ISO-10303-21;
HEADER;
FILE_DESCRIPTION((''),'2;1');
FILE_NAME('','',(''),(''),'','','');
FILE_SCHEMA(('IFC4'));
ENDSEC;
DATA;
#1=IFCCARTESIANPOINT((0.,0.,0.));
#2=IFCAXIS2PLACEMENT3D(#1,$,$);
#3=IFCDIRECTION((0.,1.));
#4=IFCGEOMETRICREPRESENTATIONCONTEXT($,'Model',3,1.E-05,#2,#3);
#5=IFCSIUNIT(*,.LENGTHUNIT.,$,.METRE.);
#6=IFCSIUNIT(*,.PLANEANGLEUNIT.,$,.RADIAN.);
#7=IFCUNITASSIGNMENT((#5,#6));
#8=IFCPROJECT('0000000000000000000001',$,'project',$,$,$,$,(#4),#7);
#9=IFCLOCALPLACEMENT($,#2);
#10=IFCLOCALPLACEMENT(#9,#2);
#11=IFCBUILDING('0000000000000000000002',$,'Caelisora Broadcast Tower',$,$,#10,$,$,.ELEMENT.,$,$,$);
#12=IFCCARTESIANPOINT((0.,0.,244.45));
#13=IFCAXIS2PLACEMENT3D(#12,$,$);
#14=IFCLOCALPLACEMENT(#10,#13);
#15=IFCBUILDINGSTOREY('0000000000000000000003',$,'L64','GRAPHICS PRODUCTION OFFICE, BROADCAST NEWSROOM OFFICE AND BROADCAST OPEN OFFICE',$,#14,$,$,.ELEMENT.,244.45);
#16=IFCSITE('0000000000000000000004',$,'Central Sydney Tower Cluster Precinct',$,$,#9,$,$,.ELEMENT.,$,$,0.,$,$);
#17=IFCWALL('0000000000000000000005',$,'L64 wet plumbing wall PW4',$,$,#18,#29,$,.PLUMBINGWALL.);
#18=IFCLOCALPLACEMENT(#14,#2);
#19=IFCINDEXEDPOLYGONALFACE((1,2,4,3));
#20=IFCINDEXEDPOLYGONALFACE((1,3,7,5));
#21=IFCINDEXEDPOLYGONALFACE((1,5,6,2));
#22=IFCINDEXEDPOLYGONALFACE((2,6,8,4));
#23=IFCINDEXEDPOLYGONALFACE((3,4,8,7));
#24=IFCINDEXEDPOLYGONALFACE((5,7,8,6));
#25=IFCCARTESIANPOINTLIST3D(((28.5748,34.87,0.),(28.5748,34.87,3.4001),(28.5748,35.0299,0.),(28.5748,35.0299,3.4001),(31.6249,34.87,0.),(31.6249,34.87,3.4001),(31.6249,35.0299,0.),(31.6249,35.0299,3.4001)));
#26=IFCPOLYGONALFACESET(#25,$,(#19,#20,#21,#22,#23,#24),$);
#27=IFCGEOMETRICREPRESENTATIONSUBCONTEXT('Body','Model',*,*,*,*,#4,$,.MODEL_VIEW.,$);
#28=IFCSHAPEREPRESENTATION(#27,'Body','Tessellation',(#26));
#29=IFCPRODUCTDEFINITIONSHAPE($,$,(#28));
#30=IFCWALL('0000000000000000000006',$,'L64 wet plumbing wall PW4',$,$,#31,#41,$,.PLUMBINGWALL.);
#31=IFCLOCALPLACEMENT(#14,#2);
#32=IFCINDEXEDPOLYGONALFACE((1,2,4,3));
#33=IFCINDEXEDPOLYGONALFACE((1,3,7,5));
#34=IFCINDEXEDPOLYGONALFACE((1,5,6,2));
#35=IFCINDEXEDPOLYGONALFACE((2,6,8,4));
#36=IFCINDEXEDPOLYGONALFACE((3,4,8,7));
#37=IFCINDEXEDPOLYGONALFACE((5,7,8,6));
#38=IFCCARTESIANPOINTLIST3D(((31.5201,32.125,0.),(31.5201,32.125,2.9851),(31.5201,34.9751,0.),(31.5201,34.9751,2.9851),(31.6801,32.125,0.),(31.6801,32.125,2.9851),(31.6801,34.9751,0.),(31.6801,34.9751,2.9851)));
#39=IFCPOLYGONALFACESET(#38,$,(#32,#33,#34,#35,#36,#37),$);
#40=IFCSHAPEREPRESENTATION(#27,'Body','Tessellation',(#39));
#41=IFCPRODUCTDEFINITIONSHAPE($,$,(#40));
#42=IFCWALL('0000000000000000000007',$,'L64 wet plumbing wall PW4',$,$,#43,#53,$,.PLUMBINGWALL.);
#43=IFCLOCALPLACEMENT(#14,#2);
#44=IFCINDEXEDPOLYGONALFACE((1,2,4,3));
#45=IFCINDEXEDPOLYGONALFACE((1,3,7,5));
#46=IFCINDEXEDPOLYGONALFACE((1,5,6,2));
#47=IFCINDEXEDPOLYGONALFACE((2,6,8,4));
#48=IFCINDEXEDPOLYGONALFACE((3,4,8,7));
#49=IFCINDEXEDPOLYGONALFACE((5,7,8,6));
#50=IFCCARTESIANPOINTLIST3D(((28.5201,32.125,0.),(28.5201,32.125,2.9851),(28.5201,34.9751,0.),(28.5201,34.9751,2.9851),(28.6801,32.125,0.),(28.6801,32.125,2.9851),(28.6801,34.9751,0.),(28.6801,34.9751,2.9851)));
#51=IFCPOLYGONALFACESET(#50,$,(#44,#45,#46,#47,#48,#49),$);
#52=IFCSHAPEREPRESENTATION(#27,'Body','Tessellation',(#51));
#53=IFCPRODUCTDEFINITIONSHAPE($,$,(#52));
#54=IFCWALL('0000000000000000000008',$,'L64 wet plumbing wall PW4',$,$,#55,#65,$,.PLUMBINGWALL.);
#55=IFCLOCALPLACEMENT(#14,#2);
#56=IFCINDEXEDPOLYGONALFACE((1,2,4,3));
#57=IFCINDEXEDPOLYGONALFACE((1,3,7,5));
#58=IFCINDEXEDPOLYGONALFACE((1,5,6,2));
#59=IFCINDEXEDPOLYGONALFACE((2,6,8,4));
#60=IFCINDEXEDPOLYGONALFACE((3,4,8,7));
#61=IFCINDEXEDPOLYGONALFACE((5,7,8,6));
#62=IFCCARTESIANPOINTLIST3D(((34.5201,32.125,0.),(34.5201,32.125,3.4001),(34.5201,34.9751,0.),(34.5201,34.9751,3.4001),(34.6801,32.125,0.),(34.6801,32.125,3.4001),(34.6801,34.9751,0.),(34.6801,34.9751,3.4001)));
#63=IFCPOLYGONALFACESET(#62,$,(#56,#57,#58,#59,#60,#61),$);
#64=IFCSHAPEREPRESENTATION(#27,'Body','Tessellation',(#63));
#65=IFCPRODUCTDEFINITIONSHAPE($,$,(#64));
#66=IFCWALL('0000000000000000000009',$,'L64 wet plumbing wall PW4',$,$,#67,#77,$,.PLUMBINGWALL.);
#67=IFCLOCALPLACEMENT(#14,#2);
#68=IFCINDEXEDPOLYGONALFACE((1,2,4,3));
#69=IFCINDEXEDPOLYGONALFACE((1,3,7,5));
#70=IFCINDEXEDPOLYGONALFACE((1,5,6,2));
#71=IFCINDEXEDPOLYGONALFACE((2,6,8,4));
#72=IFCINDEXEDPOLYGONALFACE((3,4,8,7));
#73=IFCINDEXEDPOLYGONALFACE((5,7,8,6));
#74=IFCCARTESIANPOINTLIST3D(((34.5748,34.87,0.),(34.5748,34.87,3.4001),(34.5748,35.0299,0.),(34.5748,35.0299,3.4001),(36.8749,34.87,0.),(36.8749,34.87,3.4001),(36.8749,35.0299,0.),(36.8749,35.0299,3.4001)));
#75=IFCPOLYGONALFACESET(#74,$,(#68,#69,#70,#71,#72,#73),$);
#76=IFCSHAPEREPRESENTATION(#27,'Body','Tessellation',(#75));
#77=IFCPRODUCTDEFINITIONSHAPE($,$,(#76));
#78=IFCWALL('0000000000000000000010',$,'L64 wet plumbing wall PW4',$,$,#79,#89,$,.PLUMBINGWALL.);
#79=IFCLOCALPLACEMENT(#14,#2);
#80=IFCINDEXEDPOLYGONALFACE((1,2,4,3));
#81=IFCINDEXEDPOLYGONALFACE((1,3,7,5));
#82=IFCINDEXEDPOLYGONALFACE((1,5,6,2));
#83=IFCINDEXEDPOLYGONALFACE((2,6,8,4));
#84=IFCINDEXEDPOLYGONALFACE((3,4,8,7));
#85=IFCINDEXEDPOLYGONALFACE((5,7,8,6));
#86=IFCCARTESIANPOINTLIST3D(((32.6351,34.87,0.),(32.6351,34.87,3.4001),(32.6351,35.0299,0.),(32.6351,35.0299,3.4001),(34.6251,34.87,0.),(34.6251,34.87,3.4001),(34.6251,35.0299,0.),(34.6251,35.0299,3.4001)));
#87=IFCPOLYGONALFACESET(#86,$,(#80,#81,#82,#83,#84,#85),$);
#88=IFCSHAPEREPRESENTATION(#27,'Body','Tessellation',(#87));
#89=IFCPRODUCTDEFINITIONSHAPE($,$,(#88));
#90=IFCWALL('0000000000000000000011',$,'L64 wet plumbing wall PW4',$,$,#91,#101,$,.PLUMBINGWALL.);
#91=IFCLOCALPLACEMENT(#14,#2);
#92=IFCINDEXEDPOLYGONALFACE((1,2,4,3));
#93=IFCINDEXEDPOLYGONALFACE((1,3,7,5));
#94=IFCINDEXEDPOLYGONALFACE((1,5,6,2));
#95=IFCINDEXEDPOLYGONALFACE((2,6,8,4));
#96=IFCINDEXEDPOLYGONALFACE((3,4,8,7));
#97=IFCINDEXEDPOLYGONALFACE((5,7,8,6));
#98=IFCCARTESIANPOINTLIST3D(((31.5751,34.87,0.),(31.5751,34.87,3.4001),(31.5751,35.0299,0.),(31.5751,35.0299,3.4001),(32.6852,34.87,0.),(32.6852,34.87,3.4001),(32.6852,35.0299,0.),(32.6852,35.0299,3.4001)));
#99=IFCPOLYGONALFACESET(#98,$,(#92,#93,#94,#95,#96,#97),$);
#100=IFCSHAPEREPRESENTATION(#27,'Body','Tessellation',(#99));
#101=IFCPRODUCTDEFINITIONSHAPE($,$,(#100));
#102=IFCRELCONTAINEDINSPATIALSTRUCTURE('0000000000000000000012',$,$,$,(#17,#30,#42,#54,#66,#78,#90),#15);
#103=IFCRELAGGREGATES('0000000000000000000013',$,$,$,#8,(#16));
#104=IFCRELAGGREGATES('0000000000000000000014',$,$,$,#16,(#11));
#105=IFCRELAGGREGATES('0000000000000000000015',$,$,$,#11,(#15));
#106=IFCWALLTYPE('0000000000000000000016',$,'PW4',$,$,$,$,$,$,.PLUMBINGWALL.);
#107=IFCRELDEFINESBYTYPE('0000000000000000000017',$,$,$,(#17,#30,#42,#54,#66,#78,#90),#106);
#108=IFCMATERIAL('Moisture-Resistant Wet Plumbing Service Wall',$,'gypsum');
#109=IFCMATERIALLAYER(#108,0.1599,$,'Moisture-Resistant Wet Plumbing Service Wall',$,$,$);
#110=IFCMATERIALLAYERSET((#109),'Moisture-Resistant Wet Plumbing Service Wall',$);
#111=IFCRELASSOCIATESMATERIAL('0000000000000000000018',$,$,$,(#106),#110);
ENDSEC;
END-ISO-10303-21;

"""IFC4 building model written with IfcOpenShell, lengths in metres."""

from ifc_helpers import new_model, si_unit, direction, frame, frame_2d, origin, place, context, subcontext, project, spatial, rectangle, extrude, material, layer, layer_set, type_object, element, save


model = new_model("IFC4")

# Units and contexts
model_context = context("Model", 3, precision=1e-05, world=origin(), true_north=direction((0.0, 1.0)))
body_context = subcontext(model_context, "Body", "Model", "MODEL_VIEW")
ifc_project = project(units=[si_unit("LENGTHUNIT", "METRE"), si_unit("PLANEANGLEUNIT", "RADIAN")], contexts=[model_context])

# Site, building, storey
site_placement = place(None, origin())
site = spatial("IfcSite", under=ifc_project, at=site_placement, Name="Central Sydney Tower Cluster Precinct", CompositionType="ELEMENT", RefElevation=0.0)
building_placement = place(site_placement, origin())
building = spatial("IfcBuilding", under=site, at=building_placement, Name="Caelisora Broadcast Tower", CompositionType="ELEMENT")
storey_placement = place(building_placement, frame((0.0, 0.0, 244.45)))
storey = spatial("IfcBuildingStorey", under=building, at=storey_placement, Name="L64", Description="GRAPHICS PRODUCTION OFFICE, BROADCAST NEWSROOM OFFICE AND BROADCAST OPEN OFFICE", CompositionType="ELEMENT", Elevation=244.45)

# Shared definitions
ifc_material_1 = material(Name="Moisture-Resistant Wet Plumbing Service Wall", Category="gypsum")
ifc_layer_1 = layer(ifc_material_1, 0.1599, Name="Moisture-Resistant Wet Plumbing Service Wall")
ifc_layer_set_1 = layer_set([ifc_layer_1], Name="Moisture-Resistant Wet Plumbing Service Wall")
wall_type_1 = type_object("IfcWallType", Name="PW4", PredefinedType="PLUMBINGWALL", material=ifc_layer_set_1)

# Walls
wall_1_placement = place(storey_placement, frame((28.575, 34.95, 0.0), z_axis=(0.0, 0.0, 1.0), x_axis=(1.0, 0.0, 0.0)))
element("IfcWall", 1, at=wall_1_placement, inside=storey, type_object=wall_type_1, Name="L64 wet plumbing wall PW4", PredefinedType="PLUMBINGWALL", context=body_context, shape_type="SweptSolid", body=[
    extrude(rectangle(XDim=3.05, YDim=0.1599, at=frame_2d((1.5249, 0.0))), origin(), (0.0, 0.0, 1.0), 3.4001),
])
for number, where, z_axis, x_axis, name in (
    (2, (31.6001, 32.125, 0.0), (0.0, 0.0, 1.0), (0.0, 1.0, 0.0), "L64 wet plumbing wall PW4"),
    (3, (28.6001, 32.125, 0.0), (0.0, 0.0, 1.0), (0.0, 1.0, 0.0), "L64 wet plumbing wall PW4"),
):
    element("IfcWall", number, at=place(storey_placement, frame(where, z_axis=z_axis, x_axis=x_axis)), inside=storey, type_object=wall_type_1, Name=name, PredefinedType="PLUMBINGWALL", context=body_context, shape_type="SweptSolid", body=[
        extrude(rectangle(XDim=2.8501, YDim=0.1599, at=frame_2d((1.425, 0.0))), origin(), (0.0, 0.0, 1.0), 2.9851),
    ])
wall_2_placement = place(storey_placement, frame((34.6001, 32.125, 0.0), z_axis=(0.0, 0.0, 1.0), x_axis=(0.0, 1.0, 0.0)))
element("IfcWall", 4, at=wall_2_placement, inside=storey, type_object=wall_type_1, Name="L64 wet plumbing wall PW4", PredefinedType="PLUMBINGWALL", context=body_context, shape_type="SweptSolid", body=[
    extrude(rectangle(XDim=2.8501, YDim=0.1599, at=frame_2d((1.425, 0.0))), origin(), (0.0, 0.0, 1.0), 3.4001),
])
wall_3_placement = place(storey_placement, frame((34.575, 34.95, 0.0), z_axis=(0.0, 0.0, 1.0), x_axis=(1.0, 0.0, 0.0)))
element("IfcWall", 5, at=wall_3_placement, inside=storey, type_object=wall_type_1, Name="L64 wet plumbing wall PW4", PredefinedType="PLUMBINGWALL", context=body_context, shape_type="SweptSolid", body=[
    extrude(rectangle(XDim=2.3, YDim=0.1599, at=frame_2d((1.1499, 0.0))), origin(), (0.0, 0.0, 1.0), 3.4001),
])
wall_4_placement = place(storey_placement, frame((32.635, 34.95, 0.0), z_axis=(0.0, 0.0, 1.0), x_axis=(1.0, 0.0, 0.0)))
element("IfcWall", 6, at=wall_4_placement, inside=storey, type_object=wall_type_1, Name="L64 wet plumbing wall PW4", PredefinedType="PLUMBINGWALL", context=body_context, shape_type="SweptSolid", body=[
    extrude(rectangle(XDim=1.99, YDim=0.1599, at=frame_2d((0.9951, 0.0))), origin(), (0.0, 0.0, 1.0), 3.4001),
])
wall_5_placement = place(storey_placement, frame((31.575, 34.95, 0.0), z_axis=(0.0, 0.0, 1.0), x_axis=(1.0, 0.0, 0.0)))
element("IfcWall", 7, at=wall_5_placement, inside=storey, type_object=wall_type_1, Name="L64 wet plumbing wall PW4", PredefinedType="PLUMBINGWALL", context=body_context, shape_type="SweptSolid", body=[
    extrude(rectangle(XDim=1.1101, YDim=0.1599, at=frame_2d((0.5552, 0.0))), origin(), (0.0, 0.0, 1.0), 3.4001),
])

save(model, "model.ifc")
